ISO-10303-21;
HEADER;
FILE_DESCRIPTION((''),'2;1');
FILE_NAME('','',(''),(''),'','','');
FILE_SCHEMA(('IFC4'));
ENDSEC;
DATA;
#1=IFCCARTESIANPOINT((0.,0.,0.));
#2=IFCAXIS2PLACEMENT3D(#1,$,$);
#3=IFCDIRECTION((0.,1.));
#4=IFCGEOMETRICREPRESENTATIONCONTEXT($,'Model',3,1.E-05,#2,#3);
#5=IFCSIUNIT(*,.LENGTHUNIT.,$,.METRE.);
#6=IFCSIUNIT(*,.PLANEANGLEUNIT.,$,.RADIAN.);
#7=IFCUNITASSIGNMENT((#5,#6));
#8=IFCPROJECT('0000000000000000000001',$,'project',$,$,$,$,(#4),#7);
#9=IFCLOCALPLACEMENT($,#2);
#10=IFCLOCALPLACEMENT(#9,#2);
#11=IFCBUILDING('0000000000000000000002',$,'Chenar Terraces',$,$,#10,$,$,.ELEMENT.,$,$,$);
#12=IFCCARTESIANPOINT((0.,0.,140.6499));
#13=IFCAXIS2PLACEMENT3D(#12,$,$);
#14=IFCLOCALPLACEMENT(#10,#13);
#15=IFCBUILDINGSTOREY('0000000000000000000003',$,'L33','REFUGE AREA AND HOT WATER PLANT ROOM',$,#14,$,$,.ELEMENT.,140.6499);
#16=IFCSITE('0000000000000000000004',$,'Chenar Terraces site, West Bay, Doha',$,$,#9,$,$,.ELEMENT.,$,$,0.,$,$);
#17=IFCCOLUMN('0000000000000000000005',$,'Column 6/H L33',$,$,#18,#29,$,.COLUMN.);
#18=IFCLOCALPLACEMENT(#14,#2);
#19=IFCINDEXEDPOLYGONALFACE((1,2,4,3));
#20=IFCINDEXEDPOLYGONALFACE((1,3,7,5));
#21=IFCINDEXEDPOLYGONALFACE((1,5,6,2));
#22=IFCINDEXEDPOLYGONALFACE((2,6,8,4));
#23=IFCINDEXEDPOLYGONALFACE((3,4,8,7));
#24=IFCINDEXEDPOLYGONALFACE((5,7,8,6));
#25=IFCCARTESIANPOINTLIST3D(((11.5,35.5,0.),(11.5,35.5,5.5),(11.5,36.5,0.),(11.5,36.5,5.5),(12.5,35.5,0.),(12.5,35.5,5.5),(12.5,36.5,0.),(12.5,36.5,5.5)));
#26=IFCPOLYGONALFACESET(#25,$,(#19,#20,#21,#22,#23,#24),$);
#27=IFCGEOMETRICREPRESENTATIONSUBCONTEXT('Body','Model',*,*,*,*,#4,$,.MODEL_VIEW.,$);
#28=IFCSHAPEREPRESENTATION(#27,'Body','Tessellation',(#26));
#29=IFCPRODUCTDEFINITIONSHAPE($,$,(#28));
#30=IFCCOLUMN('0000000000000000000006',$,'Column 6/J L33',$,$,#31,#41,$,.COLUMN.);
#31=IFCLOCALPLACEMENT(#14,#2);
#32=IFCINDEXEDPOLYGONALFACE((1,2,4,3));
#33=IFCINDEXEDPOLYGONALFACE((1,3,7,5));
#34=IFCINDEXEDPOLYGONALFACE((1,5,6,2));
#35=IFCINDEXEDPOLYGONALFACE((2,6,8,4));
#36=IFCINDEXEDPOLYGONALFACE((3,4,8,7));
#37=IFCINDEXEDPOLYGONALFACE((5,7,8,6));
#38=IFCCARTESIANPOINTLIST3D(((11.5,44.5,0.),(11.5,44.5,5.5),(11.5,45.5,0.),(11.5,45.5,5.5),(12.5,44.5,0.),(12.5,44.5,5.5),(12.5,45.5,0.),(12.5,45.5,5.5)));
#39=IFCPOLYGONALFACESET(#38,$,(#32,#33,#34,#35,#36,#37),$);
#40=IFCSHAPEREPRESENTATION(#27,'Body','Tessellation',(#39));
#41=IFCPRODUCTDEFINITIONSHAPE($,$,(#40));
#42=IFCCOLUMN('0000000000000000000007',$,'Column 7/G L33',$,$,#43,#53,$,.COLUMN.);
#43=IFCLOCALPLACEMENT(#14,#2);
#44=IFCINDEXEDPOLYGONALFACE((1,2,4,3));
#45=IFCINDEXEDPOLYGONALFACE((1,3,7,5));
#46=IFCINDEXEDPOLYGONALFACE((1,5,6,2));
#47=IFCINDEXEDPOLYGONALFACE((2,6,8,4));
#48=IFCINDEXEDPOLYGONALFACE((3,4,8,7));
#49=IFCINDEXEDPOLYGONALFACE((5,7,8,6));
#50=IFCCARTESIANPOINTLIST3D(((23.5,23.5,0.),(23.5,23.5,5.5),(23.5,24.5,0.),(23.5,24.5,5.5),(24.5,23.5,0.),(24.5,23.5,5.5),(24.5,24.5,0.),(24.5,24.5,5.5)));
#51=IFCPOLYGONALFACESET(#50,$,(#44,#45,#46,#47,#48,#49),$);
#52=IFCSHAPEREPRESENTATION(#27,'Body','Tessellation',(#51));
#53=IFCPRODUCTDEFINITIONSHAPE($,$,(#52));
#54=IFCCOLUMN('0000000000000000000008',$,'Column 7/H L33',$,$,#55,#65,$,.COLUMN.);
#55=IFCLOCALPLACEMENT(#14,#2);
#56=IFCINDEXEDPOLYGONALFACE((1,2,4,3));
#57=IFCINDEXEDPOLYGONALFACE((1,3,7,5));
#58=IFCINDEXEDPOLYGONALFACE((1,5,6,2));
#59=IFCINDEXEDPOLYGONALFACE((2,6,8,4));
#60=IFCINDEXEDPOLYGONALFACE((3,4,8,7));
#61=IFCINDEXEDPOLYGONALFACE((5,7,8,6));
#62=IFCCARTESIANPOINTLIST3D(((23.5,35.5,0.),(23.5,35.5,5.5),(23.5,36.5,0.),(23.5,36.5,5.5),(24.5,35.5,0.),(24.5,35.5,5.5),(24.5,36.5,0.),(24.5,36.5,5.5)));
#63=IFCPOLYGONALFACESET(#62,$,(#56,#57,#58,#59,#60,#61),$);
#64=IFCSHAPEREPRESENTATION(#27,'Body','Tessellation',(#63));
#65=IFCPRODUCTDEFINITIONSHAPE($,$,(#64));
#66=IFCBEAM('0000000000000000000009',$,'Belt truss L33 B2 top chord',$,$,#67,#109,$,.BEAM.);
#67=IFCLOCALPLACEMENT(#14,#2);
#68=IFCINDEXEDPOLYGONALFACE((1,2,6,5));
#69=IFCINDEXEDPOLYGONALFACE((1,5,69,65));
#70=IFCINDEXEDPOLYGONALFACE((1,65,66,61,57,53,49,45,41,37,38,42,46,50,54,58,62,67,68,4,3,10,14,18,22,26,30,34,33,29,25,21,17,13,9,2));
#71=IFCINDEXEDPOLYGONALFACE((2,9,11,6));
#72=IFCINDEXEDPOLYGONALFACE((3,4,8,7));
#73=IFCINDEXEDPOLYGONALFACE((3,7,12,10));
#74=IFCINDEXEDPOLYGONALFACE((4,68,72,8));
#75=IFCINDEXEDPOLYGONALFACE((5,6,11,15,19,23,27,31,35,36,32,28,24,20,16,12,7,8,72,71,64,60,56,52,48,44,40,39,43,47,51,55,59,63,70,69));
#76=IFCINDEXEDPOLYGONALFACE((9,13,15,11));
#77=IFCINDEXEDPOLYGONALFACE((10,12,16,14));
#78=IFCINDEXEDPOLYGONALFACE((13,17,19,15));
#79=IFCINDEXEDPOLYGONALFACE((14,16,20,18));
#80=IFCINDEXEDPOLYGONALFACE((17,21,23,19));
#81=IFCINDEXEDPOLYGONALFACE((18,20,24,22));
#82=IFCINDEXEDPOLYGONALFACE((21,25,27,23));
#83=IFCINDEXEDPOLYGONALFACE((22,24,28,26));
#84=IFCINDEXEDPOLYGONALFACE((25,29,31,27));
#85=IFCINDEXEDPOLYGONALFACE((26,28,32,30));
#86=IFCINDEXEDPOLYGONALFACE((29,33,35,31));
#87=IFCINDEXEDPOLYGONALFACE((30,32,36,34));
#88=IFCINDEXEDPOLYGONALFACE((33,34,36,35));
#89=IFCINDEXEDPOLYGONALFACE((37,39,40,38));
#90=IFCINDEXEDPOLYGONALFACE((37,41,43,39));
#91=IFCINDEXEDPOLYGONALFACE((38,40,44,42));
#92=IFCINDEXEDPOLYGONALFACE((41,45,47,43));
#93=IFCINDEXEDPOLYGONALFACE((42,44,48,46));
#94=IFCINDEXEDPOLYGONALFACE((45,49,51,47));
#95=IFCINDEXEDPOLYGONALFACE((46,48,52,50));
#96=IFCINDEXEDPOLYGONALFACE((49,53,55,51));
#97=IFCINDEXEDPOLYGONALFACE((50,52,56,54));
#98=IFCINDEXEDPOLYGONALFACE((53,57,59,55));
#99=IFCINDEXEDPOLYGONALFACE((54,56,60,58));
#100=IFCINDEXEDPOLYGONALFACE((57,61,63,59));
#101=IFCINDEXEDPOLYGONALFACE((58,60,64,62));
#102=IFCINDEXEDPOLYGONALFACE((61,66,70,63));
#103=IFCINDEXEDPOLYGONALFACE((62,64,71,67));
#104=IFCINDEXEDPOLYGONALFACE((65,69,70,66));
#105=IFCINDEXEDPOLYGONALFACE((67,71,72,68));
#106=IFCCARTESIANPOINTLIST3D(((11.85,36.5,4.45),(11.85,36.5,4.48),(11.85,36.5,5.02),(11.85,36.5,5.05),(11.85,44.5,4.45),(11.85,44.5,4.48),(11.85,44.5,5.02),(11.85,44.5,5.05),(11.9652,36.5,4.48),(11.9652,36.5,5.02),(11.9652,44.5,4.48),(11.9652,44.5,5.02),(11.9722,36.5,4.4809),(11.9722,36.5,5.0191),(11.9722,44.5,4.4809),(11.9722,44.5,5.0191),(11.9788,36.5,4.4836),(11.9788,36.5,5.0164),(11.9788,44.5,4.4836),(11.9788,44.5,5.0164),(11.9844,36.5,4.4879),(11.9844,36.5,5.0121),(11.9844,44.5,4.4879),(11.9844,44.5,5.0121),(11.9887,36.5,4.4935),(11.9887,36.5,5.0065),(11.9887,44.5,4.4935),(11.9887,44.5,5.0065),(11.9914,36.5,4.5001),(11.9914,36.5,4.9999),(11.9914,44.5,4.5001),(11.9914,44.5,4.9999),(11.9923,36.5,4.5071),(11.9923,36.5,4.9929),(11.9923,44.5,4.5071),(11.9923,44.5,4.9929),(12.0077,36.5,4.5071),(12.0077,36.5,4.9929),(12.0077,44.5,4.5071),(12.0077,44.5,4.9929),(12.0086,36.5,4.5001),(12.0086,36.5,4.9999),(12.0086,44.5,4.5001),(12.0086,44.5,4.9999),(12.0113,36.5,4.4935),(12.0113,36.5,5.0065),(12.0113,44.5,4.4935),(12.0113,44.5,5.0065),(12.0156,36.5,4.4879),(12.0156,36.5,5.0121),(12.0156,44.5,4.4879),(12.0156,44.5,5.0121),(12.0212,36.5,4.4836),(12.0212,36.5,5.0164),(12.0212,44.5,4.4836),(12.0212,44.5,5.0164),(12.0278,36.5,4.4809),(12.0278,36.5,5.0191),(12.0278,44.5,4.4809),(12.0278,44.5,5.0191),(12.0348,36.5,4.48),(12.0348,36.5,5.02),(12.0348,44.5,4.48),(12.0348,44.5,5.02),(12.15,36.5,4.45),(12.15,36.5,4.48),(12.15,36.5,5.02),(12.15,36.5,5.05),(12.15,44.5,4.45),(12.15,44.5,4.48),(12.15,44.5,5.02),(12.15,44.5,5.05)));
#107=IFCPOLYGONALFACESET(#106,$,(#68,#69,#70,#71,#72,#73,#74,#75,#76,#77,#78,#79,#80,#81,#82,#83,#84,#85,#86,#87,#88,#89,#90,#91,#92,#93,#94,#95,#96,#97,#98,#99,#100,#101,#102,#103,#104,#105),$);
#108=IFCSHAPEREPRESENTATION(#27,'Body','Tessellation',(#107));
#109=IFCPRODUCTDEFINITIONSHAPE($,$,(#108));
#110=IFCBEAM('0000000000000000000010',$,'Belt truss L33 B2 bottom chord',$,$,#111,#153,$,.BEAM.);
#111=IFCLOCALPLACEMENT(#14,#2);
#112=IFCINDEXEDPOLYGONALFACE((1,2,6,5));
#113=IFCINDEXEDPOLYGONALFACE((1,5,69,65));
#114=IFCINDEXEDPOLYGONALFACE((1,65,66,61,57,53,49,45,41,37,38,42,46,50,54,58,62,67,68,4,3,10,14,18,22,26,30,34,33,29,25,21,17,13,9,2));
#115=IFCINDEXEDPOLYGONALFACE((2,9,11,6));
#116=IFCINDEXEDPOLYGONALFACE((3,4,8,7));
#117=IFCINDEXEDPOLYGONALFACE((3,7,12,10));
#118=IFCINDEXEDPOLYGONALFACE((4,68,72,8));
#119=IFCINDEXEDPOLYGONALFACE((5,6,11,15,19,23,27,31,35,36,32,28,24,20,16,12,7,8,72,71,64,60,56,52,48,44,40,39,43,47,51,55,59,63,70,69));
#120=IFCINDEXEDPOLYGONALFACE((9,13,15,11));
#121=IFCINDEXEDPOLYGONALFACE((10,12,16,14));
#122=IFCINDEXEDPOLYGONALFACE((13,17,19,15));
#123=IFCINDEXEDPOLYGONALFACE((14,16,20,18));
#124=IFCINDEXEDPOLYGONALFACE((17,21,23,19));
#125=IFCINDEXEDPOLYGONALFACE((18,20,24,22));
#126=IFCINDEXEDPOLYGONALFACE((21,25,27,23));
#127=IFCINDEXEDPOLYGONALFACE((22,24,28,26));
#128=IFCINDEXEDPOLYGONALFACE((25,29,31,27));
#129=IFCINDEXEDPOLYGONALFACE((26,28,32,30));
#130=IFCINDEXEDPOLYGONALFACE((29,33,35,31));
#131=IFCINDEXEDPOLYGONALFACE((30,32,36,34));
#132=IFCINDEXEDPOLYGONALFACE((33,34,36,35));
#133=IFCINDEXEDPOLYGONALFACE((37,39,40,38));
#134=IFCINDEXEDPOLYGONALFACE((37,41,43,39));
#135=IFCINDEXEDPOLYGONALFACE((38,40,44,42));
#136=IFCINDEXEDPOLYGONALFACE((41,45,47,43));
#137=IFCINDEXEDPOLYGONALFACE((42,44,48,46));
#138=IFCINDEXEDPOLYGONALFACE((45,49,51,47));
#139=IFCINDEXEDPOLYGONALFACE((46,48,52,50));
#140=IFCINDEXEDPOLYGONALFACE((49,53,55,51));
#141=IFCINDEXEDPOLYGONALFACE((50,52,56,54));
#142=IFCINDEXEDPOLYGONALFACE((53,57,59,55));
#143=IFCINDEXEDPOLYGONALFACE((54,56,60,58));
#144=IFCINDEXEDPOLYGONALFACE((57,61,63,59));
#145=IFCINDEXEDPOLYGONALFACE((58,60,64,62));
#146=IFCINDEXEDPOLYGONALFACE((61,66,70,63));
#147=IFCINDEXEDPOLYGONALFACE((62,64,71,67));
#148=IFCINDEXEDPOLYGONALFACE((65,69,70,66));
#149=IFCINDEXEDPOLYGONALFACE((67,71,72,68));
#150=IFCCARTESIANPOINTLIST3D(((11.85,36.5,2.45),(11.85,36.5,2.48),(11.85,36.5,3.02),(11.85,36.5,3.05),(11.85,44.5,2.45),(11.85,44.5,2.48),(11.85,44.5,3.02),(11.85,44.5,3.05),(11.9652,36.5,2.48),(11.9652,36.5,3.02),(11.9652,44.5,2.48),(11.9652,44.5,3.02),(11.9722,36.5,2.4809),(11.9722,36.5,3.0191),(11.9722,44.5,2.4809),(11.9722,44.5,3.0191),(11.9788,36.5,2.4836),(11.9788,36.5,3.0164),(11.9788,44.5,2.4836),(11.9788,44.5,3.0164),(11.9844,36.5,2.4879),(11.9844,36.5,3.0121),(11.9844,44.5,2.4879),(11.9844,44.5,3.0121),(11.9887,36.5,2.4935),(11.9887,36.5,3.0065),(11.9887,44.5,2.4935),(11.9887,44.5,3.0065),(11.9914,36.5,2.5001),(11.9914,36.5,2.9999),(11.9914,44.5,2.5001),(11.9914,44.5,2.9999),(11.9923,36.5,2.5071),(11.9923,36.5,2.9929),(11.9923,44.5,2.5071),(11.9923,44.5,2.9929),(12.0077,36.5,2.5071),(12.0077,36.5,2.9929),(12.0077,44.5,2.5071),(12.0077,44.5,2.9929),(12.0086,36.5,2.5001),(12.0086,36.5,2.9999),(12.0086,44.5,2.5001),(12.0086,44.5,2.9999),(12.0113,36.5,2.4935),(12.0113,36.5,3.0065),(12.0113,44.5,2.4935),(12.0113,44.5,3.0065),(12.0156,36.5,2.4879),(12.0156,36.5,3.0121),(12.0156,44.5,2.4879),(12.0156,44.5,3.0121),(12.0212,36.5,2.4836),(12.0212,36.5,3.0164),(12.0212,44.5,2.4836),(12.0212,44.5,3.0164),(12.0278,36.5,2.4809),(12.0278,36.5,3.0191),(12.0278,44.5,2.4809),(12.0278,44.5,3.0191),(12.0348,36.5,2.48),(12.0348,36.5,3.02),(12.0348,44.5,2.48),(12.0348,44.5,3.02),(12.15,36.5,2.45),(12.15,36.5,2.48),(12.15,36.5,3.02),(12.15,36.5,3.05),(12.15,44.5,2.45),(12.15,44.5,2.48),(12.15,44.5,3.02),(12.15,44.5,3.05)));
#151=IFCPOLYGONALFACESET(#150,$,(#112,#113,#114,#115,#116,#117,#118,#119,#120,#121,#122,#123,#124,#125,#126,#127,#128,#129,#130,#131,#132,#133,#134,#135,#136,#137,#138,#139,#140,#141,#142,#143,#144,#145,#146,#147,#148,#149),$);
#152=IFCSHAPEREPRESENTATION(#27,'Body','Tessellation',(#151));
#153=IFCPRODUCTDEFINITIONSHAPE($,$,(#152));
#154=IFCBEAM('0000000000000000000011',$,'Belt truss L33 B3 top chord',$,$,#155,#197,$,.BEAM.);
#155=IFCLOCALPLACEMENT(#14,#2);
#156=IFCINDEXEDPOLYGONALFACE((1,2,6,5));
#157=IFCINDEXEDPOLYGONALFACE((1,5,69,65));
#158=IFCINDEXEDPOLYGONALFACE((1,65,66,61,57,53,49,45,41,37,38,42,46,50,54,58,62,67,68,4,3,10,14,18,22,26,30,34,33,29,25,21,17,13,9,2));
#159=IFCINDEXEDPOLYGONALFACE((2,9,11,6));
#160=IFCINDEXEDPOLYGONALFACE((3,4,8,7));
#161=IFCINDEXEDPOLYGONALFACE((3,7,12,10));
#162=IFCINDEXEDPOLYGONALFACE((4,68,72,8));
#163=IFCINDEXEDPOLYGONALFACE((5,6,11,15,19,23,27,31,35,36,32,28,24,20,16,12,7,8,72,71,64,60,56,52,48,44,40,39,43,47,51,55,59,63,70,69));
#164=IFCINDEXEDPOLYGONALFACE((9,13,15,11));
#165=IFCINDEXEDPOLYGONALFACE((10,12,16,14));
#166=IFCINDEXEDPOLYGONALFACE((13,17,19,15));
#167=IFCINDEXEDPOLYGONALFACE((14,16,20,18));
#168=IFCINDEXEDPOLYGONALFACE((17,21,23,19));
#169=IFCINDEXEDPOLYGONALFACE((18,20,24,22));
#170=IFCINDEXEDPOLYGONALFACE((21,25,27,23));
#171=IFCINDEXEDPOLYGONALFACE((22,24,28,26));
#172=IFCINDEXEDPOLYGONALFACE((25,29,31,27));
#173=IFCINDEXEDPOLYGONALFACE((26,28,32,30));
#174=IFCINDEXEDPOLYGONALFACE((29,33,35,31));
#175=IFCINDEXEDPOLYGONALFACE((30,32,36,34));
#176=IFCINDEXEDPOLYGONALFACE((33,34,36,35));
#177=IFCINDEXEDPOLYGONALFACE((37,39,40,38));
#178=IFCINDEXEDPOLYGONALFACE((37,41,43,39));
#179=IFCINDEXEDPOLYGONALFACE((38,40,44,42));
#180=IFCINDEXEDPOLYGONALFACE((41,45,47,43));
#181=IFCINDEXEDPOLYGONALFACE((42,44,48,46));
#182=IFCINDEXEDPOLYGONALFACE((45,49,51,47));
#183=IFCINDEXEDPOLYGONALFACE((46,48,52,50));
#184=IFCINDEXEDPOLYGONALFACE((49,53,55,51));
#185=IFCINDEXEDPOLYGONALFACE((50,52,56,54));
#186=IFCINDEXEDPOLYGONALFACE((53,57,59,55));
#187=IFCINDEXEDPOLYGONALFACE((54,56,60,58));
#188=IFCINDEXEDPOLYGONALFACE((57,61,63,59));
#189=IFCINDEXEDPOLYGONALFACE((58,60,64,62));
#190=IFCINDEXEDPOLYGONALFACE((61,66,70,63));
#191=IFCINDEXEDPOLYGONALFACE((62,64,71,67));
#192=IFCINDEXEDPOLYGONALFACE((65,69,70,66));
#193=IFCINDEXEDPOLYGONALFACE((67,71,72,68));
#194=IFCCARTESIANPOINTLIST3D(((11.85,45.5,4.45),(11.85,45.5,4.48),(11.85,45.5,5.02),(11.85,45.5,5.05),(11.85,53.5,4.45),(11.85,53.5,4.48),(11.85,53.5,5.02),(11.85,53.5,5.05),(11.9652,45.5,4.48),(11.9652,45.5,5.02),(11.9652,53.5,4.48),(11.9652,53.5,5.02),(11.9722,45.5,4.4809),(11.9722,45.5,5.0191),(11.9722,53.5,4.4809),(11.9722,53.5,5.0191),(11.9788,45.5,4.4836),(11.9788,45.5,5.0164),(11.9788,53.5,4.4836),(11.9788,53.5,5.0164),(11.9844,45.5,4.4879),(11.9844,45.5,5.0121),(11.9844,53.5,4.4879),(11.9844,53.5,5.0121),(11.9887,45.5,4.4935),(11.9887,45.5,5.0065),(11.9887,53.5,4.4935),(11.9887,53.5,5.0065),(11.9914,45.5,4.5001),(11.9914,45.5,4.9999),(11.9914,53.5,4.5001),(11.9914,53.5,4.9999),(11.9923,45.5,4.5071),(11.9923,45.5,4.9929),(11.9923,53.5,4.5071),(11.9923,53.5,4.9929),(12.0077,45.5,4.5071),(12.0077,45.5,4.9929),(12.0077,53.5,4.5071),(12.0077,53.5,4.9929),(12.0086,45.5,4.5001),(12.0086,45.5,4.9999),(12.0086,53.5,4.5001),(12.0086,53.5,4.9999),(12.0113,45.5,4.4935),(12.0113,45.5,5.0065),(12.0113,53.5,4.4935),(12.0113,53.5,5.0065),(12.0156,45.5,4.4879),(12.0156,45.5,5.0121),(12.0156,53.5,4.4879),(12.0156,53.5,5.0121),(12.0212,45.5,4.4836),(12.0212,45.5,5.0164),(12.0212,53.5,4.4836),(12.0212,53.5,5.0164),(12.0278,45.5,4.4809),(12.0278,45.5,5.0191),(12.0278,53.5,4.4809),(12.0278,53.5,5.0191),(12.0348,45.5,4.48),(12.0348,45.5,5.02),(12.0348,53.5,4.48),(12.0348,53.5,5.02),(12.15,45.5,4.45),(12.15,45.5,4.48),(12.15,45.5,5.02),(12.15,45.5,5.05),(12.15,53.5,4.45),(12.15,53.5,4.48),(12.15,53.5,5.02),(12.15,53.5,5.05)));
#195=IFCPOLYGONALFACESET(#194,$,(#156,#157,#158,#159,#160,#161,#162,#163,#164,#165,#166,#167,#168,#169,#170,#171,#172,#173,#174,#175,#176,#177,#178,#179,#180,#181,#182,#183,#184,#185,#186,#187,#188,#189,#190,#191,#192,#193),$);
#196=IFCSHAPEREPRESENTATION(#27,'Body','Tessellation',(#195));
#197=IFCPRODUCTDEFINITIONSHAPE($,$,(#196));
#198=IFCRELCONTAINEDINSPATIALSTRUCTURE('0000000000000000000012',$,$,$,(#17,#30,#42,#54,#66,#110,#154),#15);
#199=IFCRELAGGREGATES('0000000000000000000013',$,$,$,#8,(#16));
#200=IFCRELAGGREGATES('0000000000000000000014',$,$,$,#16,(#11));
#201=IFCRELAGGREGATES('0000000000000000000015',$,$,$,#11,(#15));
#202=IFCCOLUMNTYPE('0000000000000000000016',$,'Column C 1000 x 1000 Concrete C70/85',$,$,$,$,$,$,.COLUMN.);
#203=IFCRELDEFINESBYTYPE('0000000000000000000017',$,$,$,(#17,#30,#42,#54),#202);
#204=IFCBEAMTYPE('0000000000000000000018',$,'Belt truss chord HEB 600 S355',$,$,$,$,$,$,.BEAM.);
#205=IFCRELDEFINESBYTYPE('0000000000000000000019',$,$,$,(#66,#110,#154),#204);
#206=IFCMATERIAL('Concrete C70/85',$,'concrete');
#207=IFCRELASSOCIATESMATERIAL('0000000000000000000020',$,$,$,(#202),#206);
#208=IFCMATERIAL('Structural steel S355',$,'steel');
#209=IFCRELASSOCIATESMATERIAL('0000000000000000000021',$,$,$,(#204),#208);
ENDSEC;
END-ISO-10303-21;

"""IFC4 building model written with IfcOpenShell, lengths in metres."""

from ifc_helpers import new_model, si_unit, direction, frame, origin, origin_2d, place, context, subcontext, project, spatial, rectangle, i_section, extrude, material, material_profile, profile_set, type_object, element, save


model = new_model("IFC4")

# Units and contexts
model_context = context("Model", 3, precision=1e-05, world=origin(), true_north=direction((0.0, 1.0)))
body_context = subcontext(model_context, "Body", "Model", "MODEL_VIEW")
ifc_project = project(units=[si_unit("LENGTHUNIT", "METRE"), si_unit("PLANEANGLEUNIT", "RADIAN")], contexts=[model_context])

# Site, building, storey
site_placement = place(None, origin())
site = spatial("IfcSite", under=ifc_project, at=site_placement, Name="Chenar Terraces site, West Bay, Doha", CompositionType="ELEMENT", RefElevation=0.0)
building_placement = place(site_placement, origin())
building = spatial("IfcBuilding", under=site, at=building_placement, Name="Chenar Terraces", CompositionType="ELEMENT")
storey_placement = place(building_placement, frame((0.0, 0.0, 140.6499)))
storey = spatial("IfcBuildingStorey", under=building, at=storey_placement, Name="L33", Description="REFUGE AREA AND HOT WATER PLANT ROOM", CompositionType="ELEMENT", Elevation=140.6499)

# Columns
ifc_material_1 = material(Name="Concrete C70/85", Category="concrete")
ifc_material_profile_1 = material_profile(ifc_material_1, rectangle(XDim=1.0, YDim=1.0, at=origin_2d()), Name="C 1000 x 1000")
ifc_profile_set_1 = profile_set([ifc_material_profile_1], Name="Concrete C70/85")
column_type = type_object("IfcColumnType", Name="Column C 1000 x 1000 Concrete C70/85", PredefinedType="COLUMN", material=ifc_profile_set_1)
for number, where, z_axis, x_axis, name in (
    (1, (12.0, 36.0, 0.0), (0.0, 0.0, 1.0), (1.0, 0.0, 0.0), "Column 6/H L33"),
    (2, (12.0, 45.0, 0.0), (0.0, 0.0, 1.0), (1.0, 0.0, 0.0), "Column 6/J L33"),
    (3, (24.0, 24.0, 0.0), (0.0, 0.0, 1.0), (1.0, 0.0, 0.0), "Column 7/G L33"),
    (4, (24.0, 36.0, 0.0), (0.0, 0.0, 1.0), (1.0, 0.0, 0.0), "Column 7/H L33"),
):
    element("IfcColumn", number, at=place(storey_placement, frame(where, z_axis=z_axis, x_axis=x_axis)), inside=storey, type_object=column_type, Name=name, PredefinedType="COLUMN", context=body_context, shape_type="SweptSolid", body=[
        extrude(rectangle(XDim=1.0, YDim=1.0, at=origin_2d()), origin(), (0.0, 0.0, 1.0), 5.5),
    ])

# Beams
ifc_material_2 = material(Name="Structural steel S355", Category="steel")
ifc_material_profile_2 = material_profile(ifc_material_2, i_section(OverallWidth=0.3, OverallDepth=0.6001, WebThickness=0.0154, FlangeThickness=0.03, FilletRadius=0.0271, at=origin_2d()), Name="HEB 600")
ifc_profile_set_2 = profile_set([ifc_material_profile_2], Name="Structural steel S355")
beam_type = type_object("IfcBeamType", Name="Belt truss chord HEB 600 S355", PredefinedType="BEAM", material=ifc_profile_set_2)
for number, where, z_axis, x_axis, name in (
    (5, (12.0, 36.5, 4.75), (0.0, 1.0, 0.0), (-1.0, 0.0, 0.0), "Belt truss L33 B2 top chord"),
    (6, (12.0, 36.5, 2.75), (0.0, 1.0, 0.0), (-1.0, 0.0, 0.0), "Belt truss L33 B2 bottom chord"),
    (7, (12.0, 45.5, 4.75), (0.0, 1.0, 0.0), (-1.0, 0.0, 0.0), "Belt truss L33 B3 top chord"),
):
    element("IfcBeam", number, at=place(storey_placement, frame(where, z_axis=z_axis, x_axis=x_axis)), inside=storey, type_object=beam_type, Name=name, PredefinedType="BEAM", context=body_context, shape_type="SweptSolid", body=[
        extrude(i_section(OverallWidth=0.3, OverallDepth=0.6001, WebThickness=0.0154, FlangeThickness=0.03, FilletRadius=0.0271, at=origin_2d()), origin(), (0.0, 0.0, 1.0), 8.0),
    ])

save(model, "model.ifc")
